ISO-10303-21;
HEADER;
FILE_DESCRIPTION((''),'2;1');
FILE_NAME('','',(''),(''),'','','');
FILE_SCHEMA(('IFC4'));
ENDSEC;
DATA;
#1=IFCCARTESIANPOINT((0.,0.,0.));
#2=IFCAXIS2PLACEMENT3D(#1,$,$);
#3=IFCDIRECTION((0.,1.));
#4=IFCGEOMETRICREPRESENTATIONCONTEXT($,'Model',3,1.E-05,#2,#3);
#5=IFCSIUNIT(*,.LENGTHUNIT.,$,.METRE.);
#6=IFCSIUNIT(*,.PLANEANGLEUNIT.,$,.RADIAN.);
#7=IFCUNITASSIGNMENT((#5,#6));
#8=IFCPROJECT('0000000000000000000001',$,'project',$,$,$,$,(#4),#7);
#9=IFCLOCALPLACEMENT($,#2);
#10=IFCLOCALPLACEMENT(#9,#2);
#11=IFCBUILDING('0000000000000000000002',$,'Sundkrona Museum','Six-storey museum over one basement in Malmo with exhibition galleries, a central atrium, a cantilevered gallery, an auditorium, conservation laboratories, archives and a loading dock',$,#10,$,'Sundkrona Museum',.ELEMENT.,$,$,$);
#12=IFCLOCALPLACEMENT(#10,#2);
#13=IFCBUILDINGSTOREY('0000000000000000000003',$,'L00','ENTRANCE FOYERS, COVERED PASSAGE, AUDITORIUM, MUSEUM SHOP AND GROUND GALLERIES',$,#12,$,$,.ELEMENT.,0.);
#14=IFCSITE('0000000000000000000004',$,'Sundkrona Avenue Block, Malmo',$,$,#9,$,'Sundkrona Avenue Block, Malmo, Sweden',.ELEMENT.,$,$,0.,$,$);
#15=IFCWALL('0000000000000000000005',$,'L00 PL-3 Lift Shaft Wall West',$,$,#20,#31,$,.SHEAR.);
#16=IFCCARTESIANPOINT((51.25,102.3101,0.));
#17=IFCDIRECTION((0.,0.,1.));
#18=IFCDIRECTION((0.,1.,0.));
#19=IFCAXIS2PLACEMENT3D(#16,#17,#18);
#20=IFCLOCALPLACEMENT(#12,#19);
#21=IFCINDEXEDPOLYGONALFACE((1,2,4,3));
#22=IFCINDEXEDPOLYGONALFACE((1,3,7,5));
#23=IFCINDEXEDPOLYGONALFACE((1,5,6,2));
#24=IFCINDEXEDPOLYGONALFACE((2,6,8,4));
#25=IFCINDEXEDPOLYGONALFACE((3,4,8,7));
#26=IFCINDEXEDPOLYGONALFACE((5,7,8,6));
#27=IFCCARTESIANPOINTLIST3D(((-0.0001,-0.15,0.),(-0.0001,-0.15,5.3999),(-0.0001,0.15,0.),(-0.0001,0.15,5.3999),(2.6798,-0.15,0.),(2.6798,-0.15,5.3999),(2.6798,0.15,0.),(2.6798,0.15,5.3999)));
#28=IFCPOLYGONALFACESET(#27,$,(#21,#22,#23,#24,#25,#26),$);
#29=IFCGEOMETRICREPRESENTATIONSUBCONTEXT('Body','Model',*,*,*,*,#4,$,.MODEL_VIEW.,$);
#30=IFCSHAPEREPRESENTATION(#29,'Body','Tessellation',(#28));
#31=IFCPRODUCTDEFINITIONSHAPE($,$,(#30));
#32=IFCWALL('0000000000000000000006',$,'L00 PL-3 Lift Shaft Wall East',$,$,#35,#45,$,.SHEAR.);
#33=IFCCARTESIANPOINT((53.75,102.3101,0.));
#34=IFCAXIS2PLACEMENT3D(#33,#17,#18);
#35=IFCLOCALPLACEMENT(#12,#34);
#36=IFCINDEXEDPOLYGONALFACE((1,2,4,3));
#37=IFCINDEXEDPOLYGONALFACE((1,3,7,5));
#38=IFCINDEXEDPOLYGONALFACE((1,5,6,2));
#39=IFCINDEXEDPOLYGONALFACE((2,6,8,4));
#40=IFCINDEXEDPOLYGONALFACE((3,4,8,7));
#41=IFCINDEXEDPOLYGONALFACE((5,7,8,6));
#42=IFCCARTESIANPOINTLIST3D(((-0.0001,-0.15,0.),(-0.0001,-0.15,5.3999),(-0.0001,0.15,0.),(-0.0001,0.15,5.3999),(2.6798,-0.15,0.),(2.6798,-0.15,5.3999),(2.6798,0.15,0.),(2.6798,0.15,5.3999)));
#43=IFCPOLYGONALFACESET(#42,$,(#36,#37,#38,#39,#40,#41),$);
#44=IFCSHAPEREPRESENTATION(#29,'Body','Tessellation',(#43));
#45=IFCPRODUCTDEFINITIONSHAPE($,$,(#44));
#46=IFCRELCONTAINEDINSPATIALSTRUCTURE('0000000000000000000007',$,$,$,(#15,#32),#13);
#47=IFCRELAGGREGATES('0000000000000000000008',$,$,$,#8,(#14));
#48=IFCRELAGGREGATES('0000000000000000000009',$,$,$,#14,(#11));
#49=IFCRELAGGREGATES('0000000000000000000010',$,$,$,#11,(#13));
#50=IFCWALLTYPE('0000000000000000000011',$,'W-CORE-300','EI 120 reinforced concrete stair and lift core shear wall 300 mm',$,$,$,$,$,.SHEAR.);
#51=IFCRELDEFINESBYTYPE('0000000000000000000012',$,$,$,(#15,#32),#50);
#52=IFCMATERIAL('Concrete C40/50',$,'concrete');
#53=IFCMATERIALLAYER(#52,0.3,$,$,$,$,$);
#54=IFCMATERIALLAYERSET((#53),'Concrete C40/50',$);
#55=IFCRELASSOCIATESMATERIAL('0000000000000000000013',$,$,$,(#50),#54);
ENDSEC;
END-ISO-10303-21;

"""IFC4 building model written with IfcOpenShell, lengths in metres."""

from ifc_helpers import new_model, si_unit, direction, frame, frame_2d, origin, place, context, subcontext, project, spatial, rectangle, extrude, material, layer, layer_set, type_object, element, save


model = new_model("IFC4")

# Units and contexts
model_context = context("Model", 3, precision=1e-05, world=origin(), true_north=direction((0.0, 1.0)))
body_context = subcontext(model_context, "Body", "Model", "MODEL_VIEW")
ifc_project = project(units=[si_unit("LENGTHUNIT", "METRE"), si_unit("PLANEANGLEUNIT", "RADIAN")], contexts=[model_context])

# Site, building, storey
site_placement = place(None, origin())
site = spatial("IfcSite", under=ifc_project, at=site_placement, Name="Sundkrona Avenue Block, Malmo", LongName="Sundkrona Avenue Block, Malmo, Sweden", CompositionType="ELEMENT", RefElevation=0.0)
building_placement = place(site_placement, origin())
building = spatial("IfcBuilding", under=site, at=building_placement, Name="Sundkrona Museum", Description="Six-storey museum over one basement in Malmo with exhibition galleries, a central atrium, a cantilevered gallery, an auditorium, conservation laboratories, archives and a loading dock", LongName="Sundkrona Museum", CompositionType="ELEMENT")
storey_placement = place(building_placement, origin())
storey = spatial("IfcBuildingStorey", under=building, at=storey_placement, Name="L00", Description="ENTRANCE FOYERS, COVERED PASSAGE, AUDITORIUM, MUSEUM SHOP AND GROUND GALLERIES", CompositionType="ELEMENT", Elevation=0.0)

# Shared definitions
ifc_material_1 = material(Name="Concrete C40/50", Category="concrete")
ifc_layer_1 = layer(ifc_material_1, 0.3)
ifc_layer_set_1 = layer_set([ifc_layer_1], Name="Concrete C40/50")
wall_type_1 = type_object("IfcWallType", Name="W-CORE-300", Description="EI 120 reinforced concrete stair and lift core shear wall 300 mm", PredefinedType="SHEAR", material=ifc_layer_set_1)

# Walls
for number, where, z_axis, x_axis, name in (
    (1, (51.25, 102.3101, 0.0), (0.0, 0.0, 1.0), (0.0, 1.0, 0.0), "L00 PL-3 Lift Shaft Wall West"),
    (2, (53.75, 102.3101, 0.0), (0.0, 0.0, 1.0), (0.0, 1.0, 0.0), "L00 PL-3 Lift Shaft Wall East"),
):
    element("IfcWall", number, at=place(storey_placement, frame(where, z_axis=z_axis, x_axis=x_axis)), inside=storey, type_object=wall_type_1, Name=name, PredefinedType="SHEAR", context=body_context, shape_type="SweptSolid", body=[
        extrude(rectangle(XDim=2.6799, YDim=0.3, at=frame_2d((1.3398, 0.0))), origin(), (0.0, 0.0, 1.0), 5.3999),
    ])

save(model, "model.ifc")
